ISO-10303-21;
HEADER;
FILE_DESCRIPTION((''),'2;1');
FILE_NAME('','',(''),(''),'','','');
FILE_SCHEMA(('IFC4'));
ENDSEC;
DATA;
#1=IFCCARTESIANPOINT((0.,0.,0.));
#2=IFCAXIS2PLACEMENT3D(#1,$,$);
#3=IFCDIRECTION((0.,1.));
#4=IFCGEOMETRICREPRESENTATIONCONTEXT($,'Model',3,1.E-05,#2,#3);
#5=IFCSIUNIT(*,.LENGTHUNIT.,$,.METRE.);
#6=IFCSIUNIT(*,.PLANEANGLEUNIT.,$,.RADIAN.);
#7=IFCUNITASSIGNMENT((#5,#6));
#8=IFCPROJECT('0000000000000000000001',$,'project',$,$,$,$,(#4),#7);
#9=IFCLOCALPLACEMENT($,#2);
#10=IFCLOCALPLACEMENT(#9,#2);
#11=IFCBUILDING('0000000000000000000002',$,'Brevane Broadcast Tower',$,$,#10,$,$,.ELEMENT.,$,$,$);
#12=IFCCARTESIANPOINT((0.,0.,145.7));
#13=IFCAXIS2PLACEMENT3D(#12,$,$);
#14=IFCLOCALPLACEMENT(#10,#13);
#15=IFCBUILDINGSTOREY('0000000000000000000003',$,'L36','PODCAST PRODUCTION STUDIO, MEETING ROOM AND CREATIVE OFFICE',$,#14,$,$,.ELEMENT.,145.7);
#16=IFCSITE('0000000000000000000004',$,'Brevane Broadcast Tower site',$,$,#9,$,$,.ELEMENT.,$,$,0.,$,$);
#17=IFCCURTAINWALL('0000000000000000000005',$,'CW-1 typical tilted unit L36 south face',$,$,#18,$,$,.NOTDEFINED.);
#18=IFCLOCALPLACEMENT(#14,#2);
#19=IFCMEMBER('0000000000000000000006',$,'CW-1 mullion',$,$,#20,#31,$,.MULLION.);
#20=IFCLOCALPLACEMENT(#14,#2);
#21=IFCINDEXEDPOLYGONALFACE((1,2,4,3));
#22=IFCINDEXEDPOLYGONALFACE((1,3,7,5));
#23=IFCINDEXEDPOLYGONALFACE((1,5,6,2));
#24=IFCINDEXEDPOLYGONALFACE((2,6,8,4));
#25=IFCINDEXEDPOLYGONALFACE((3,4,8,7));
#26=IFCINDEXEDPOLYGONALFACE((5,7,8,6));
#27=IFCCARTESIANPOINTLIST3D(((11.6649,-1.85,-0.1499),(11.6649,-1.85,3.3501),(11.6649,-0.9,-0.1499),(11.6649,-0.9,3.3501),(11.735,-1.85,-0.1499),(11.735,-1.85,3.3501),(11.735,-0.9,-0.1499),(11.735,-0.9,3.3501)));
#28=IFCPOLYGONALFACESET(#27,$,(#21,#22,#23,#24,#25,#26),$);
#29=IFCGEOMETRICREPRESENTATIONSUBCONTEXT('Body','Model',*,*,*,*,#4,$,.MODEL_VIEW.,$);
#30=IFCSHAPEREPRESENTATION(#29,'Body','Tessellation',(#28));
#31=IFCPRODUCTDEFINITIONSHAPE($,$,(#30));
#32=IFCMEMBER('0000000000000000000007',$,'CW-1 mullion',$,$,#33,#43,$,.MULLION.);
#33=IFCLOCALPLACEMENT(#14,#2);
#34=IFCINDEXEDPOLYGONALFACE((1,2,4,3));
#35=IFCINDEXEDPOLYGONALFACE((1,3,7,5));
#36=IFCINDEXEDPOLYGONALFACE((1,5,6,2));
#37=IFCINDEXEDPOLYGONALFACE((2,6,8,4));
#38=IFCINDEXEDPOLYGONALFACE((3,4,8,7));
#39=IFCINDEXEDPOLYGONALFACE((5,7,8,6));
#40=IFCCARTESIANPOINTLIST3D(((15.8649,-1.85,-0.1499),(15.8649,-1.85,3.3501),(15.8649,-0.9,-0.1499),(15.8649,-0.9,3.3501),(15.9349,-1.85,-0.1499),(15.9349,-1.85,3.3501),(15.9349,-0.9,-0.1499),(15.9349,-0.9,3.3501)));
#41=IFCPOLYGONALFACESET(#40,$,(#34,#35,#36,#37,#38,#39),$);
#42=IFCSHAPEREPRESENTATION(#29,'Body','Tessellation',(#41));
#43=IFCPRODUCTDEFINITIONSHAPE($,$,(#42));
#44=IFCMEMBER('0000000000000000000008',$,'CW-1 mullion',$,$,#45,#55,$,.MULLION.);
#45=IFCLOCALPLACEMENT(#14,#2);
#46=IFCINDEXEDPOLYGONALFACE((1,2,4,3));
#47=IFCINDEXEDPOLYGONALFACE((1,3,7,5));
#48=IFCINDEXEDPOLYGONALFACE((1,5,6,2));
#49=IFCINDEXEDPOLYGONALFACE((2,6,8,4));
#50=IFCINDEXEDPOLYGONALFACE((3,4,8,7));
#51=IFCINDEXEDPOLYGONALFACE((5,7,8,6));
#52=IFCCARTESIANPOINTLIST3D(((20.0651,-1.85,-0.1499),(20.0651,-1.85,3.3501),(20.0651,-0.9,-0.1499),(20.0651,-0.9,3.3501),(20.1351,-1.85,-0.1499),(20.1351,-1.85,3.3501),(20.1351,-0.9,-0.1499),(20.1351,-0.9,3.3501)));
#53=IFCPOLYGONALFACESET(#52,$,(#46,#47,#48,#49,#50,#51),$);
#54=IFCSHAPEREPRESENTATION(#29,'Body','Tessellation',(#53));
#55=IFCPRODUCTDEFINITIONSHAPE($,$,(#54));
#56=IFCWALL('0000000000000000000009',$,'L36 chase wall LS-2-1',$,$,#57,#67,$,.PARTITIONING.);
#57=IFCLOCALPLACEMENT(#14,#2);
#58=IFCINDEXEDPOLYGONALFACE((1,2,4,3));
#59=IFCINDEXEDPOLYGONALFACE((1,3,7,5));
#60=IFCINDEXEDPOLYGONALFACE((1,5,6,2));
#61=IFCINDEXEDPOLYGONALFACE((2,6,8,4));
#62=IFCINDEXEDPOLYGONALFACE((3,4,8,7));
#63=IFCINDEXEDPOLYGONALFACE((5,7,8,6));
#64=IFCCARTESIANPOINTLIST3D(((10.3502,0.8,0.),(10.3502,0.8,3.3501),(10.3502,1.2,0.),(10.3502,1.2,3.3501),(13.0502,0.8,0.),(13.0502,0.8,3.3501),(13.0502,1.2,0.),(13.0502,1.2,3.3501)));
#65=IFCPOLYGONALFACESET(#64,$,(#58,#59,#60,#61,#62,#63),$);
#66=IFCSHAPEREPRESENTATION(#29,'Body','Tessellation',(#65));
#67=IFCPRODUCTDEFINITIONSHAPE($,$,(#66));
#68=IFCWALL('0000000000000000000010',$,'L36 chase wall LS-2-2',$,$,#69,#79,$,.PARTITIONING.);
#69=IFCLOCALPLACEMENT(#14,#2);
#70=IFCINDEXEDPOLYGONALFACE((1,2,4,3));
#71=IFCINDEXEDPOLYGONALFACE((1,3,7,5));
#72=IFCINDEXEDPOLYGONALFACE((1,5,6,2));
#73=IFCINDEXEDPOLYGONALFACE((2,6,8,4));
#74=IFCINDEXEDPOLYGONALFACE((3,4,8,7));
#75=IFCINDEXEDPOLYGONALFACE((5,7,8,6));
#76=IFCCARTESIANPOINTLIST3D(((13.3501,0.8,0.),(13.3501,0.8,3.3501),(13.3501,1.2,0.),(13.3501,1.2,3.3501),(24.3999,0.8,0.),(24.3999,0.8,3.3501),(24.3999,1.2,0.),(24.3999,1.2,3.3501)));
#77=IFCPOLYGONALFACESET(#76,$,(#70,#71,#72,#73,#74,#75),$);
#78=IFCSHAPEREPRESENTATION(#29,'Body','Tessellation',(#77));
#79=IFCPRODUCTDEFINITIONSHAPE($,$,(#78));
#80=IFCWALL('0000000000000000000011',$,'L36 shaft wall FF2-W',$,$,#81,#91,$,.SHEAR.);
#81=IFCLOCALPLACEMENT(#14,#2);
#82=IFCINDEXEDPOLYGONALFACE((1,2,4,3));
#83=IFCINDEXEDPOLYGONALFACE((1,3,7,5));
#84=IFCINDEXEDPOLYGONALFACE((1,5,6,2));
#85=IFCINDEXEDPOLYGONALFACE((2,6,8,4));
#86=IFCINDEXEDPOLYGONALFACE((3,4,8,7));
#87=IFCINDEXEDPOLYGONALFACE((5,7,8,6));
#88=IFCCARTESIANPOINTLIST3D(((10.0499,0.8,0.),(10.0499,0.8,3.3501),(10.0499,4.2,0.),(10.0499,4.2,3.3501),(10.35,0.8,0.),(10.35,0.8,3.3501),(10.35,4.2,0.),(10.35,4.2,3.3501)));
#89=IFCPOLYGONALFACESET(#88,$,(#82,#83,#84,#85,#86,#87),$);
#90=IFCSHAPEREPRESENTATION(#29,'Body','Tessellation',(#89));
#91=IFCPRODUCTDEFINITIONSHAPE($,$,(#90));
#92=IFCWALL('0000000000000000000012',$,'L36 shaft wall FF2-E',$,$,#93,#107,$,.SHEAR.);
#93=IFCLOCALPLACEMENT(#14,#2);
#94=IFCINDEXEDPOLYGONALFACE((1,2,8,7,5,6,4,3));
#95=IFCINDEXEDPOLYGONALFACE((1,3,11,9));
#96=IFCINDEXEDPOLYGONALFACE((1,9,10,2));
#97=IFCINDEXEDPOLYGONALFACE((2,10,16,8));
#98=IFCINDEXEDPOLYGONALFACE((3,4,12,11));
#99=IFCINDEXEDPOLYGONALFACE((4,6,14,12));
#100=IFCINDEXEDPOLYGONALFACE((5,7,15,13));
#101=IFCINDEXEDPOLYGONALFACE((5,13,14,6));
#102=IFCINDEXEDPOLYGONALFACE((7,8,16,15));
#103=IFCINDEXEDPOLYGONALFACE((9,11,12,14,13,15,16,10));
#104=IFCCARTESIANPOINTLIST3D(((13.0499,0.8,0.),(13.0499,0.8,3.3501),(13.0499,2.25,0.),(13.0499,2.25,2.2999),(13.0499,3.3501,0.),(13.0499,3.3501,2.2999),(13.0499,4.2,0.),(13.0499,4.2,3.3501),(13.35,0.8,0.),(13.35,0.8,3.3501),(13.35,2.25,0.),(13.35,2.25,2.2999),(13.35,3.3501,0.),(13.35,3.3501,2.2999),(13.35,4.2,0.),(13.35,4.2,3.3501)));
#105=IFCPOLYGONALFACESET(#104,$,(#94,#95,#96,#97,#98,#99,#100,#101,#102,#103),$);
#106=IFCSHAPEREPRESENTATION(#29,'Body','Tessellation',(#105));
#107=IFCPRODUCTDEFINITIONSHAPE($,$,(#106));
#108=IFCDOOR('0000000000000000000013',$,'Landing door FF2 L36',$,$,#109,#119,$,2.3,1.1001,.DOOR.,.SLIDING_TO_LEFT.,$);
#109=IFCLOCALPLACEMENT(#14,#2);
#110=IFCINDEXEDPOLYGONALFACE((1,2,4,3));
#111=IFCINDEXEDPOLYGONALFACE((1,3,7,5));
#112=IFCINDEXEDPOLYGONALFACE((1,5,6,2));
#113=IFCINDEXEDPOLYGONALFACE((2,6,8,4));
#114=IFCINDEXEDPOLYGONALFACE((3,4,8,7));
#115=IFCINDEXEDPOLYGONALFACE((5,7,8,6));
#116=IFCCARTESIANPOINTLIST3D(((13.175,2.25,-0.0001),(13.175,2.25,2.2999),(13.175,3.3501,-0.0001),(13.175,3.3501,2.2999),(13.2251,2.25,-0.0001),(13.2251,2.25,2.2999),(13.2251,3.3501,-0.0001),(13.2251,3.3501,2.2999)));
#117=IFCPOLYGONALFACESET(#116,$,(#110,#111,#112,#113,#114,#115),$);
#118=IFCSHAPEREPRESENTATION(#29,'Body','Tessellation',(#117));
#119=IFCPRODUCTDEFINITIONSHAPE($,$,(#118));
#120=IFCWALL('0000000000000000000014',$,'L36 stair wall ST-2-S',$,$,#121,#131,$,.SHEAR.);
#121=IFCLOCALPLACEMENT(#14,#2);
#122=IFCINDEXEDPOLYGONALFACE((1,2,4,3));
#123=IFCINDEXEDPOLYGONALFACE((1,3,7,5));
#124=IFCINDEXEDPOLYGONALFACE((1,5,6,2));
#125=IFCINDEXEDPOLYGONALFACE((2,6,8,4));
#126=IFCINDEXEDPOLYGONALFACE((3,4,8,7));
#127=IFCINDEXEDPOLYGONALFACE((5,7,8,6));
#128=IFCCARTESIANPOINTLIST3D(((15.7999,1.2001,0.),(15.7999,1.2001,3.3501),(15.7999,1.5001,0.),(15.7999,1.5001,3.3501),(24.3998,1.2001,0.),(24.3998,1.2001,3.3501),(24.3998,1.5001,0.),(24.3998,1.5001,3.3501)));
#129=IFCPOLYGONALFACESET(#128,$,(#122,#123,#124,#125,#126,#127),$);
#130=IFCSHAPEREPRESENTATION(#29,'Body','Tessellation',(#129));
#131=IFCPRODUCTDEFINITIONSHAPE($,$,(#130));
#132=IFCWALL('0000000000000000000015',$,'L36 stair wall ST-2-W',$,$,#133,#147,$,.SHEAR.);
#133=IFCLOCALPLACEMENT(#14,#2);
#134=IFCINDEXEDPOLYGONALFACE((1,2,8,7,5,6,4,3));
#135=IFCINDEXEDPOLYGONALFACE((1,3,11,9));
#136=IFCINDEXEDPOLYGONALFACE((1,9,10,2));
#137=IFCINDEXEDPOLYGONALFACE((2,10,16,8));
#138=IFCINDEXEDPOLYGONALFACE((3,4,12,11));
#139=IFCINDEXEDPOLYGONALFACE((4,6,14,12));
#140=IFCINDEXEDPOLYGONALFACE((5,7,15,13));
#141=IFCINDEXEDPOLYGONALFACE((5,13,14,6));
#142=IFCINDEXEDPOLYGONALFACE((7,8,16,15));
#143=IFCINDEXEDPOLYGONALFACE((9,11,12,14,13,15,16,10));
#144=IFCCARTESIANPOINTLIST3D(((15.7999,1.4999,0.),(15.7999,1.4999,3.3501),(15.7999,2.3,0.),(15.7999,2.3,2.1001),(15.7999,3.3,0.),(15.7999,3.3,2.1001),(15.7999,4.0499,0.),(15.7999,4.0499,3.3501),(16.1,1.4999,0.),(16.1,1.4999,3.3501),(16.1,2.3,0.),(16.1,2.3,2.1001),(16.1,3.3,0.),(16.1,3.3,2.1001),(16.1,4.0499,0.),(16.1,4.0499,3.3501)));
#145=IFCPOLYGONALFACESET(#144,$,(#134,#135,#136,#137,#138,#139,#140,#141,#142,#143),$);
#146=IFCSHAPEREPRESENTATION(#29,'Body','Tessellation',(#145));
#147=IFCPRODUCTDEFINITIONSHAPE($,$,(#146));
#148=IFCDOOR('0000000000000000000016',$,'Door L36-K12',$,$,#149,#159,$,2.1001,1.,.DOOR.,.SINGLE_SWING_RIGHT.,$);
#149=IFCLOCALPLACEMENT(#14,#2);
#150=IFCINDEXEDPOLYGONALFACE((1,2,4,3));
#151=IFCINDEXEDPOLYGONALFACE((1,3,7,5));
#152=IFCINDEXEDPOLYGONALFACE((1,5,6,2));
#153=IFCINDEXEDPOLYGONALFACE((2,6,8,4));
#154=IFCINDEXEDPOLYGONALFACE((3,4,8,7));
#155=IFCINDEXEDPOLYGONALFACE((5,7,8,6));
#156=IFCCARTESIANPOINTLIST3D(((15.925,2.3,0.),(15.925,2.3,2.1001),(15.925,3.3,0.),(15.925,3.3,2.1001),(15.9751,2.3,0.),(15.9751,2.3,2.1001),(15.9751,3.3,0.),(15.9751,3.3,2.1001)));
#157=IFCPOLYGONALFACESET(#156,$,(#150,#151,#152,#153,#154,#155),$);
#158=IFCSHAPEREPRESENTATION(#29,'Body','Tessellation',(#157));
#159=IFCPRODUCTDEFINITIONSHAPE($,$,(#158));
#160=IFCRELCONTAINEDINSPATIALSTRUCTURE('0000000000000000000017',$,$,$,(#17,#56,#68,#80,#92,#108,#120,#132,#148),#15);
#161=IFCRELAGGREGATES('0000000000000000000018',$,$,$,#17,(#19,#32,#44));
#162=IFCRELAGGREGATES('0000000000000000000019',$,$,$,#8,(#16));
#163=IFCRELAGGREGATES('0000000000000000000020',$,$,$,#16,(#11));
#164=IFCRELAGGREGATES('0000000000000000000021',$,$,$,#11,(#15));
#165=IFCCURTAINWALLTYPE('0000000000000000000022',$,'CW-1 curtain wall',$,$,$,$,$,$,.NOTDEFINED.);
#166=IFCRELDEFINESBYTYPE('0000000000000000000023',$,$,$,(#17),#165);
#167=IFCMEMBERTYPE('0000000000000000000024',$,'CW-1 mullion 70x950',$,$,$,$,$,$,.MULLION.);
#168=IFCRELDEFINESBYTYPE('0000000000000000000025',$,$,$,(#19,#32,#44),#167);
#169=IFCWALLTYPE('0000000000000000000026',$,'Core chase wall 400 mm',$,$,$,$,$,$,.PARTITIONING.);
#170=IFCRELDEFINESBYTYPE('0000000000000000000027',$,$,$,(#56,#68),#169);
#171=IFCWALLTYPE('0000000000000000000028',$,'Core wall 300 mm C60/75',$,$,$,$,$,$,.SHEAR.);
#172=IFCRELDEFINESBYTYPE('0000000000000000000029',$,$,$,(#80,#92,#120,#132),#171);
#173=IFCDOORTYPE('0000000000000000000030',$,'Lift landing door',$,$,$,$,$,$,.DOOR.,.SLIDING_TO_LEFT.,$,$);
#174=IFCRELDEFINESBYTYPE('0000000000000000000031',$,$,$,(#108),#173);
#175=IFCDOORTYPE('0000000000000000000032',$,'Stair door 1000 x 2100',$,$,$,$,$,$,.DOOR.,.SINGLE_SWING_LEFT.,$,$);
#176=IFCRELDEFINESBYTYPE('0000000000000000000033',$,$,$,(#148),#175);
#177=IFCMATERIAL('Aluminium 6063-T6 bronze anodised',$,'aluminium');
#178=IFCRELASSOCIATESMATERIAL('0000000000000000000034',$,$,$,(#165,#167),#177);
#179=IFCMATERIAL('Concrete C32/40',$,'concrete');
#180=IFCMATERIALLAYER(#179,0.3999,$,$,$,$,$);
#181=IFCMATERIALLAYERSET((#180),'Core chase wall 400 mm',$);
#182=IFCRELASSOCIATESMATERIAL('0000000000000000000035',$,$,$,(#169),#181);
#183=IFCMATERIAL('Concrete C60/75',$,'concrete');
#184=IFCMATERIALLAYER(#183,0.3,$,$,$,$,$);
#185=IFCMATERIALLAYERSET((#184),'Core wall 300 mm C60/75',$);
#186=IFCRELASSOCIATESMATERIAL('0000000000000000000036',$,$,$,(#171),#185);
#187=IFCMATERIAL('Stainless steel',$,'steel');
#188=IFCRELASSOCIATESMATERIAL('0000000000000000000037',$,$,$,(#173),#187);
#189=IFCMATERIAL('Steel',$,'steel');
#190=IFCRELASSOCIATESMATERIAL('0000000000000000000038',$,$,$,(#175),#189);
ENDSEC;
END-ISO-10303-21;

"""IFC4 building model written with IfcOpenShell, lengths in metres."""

from ifc_helpers import new_model, si_unit, direction, frame, frame_2d, origin, origin_2d, place, context, subcontext, project, spatial, rectangle, extrude, material, layer, layer_set, material_profile, profile_set, type_object, element, fill, aggregate, save


model = new_model("IFC4")

# Units and contexts
model_context = context("Model", 3, precision=1e-05, world=origin(), true_north=direction((0.0, 1.0)))
body_context = subcontext(model_context, "Body", "Model", "MODEL_VIEW")
ifc_project = project(units=[si_unit("LENGTHUNIT", "METRE"), si_unit("PLANEANGLEUNIT", "RADIAN")], contexts=[model_context])

# Site, building, storey
site_placement = place(None, origin())
site = spatial("IfcSite", under=ifc_project, at=site_placement, Name="Brevane Broadcast Tower site", CompositionType="ELEMENT", RefElevation=0.0)
building_placement = place(site_placement, origin())
building = spatial("IfcBuilding", under=site, at=building_placement, Name="Brevane Broadcast Tower", CompositionType="ELEMENT")
storey_placement = place(building_placement, frame((0.0, 0.0, 145.7)))
storey = spatial("IfcBuildingStorey", under=building, at=storey_placement, Name="L36", Description="PODCAST PRODUCTION STUDIO, MEETING ROOM AND CREATIVE OFFICE", CompositionType="ELEMENT", Elevation=145.7)

# Curtain wall, members
ifc_material_1 = material(Name="Aluminium 6063-T6 bronze anodised", Category="aluminium")
curtain_wall_type = type_object("IfcCurtainWallType", Name="CW-1 curtain wall", PredefinedType="NOTDEFINED", material=ifc_material_1)
curtain_wall_placement = place(storey_placement, origin())
curtain_wall = element("IfcCurtainWall", 1, at=curtain_wall_placement, inside=storey, type_object=curtain_wall_type, Name="CW-1 typical tilted unit L36 south face", PredefinedType="NOTDEFINED")
ifc_material_profile = material_profile(ifc_material_1, rectangle(XDim=0.95, YDim=0.0701, at=origin_2d()), Name="RECT 70x950")
ifc_profile_set = profile_set([ifc_material_profile], Name="Aluminium 6063-T6 bronze anodised")
member_type = type_object("IfcMemberType", Name="CW-1 mullion 70x950", PredefinedType="MULLION", material=ifc_profile_set)
member_1_placement = place(storey_placement, frame((11.7, -1.375, -0.1499), z_axis=(0.0, 0.0, 1.0), x_axis=(0.0, 1.0, 0.0)))
member_1 = element("IfcMember", 2, at=member_1_placement, type_object=member_type, Name="CW-1 mullion", PredefinedType="MULLION", context=body_context, shape_type="SweptSolid", body=[
    extrude(rectangle(XDim=0.95, YDim=0.0701, at=origin_2d()), origin(), (0.0, 0.0, 1.0), 3.5),
])
member_2_placement = place(storey_placement, frame((15.8999, -1.375, -0.1499), z_axis=(0.0, 0.0, 1.0), x_axis=(0.0, 1.0, 0.0)))
member_2 = element("IfcMember", 3, at=member_2_placement, type_object=member_type, Name="CW-1 mullion", PredefinedType="MULLION", context=body_context, shape_type="SweptSolid", body=[
    extrude(rectangle(XDim=0.95, YDim=0.0701, at=origin_2d()), origin(), (0.0, 0.0, 1.0), 3.5),
])
member_3_placement = place(storey_placement, frame((20.1001, -1.375, -0.1499), z_axis=(0.0, 0.0, 1.0), x_axis=(0.0, 1.0, 0.0)))
member_3 = element("IfcMember", 4, at=member_3_placement, type_object=member_type, Name="CW-1 mullion", PredefinedType="MULLION", context=body_context, shape_type="SweptSolid", body=[
    extrude(rectangle(XDim=0.95, YDim=0.0701, at=origin_2d()), origin(), (0.0, 0.0, 1.0), 3.5),
])
aggregate(curtain_wall, [member_1, member_2, member_3])

# Walls
ifc_material_2 = material(Name="Concrete C32/40", Category="concrete")
ifc_layer_1 = layer(ifc_material_2, 0.3999)
ifc_layer_set_1 = layer_set([ifc_layer_1], Name="Core chase wall 400 mm")
wall_type_1 = type_object("IfcWallType", Name="Core chase wall 400 mm", PredefinedType="PARTITIONING", material=ifc_layer_set_1)
wall_1_placement = place(storey_placement, frame((10.3501, 1.0, 0.0), z_axis=(0.0, 0.0, 1.0), x_axis=(1.0, 0.0, 0.0)))
element("IfcWall", 5, at=wall_1_placement, inside=storey, type_object=wall_type_1, Name="L36 chase wall LS-2-1", PredefinedType="PARTITIONING", context=body_context, shape_type="SweptSolid", body=[
    extrude(rectangle(XDim=2.7, YDim=0.3999, at=frame_2d((1.3501, 0.0))), origin(), (0.0, 0.0, 1.0), 3.3501),
])
wall_2_placement = place(storey_placement, frame((13.3501, 1.0, 0.0), z_axis=(0.0, 0.0, 1.0), x_axis=(1.0, 0.0, 0.0)))
element("IfcWall", 6, at=wall_2_placement, inside=storey, type_object=wall_type_1, Name="L36 chase wall LS-2-2", PredefinedType="PARTITIONING", context=body_context, shape_type="SweptSolid", body=[
    extrude(rectangle(XDim=11.0498, YDim=0.3999, at=frame_2d((5.5249, 0.0))), origin(), (0.0, 0.0, 1.0), 3.3501),
])
ifc_material_3 = material(Name="Concrete C60/75", Category="concrete")
ifc_layer_2 = layer(ifc_material_3, 0.3)
ifc_layer_set_2 = layer_set([ifc_layer_2], Name="Core wall 300 mm C60/75")
wall_type_2 = type_object("IfcWallType", Name="Core wall 300 mm C60/75", PredefinedType="SHEAR", material=ifc_layer_set_2)
wall_3_placement = place(storey_placement, frame((10.2, 0.8, 0.0), z_axis=(0.0, 0.0, 1.0), x_axis=(0.0, 1.0, 0.0)))
element("IfcWall", 7, at=wall_3_placement, inside=storey, type_object=wall_type_2, Name="L36 shaft wall FF2-W", PredefinedType="SHEAR", context=body_context, shape_type="SweptSolid", body=[
    extrude(rectangle(XDim=3.3999, YDim=0.3, at=frame_2d((1.7, 0.0))), origin(), (0.0, 0.0, 1.0), 3.3501),
])

# Wall, opening, door
wall_4_placement = place(storey_placement, frame((13.2, 0.8, 0.0), z_axis=(0.0, 0.0, 1.0), x_axis=(0.0, 1.0, 0.0)))
wall_4 = element("IfcWall", 8, at=wall_4_placement, inside=storey, type_object=wall_type_2, Name="L36 shaft wall FF2-E", PredefinedType="SHEAR", context=body_context, shape_type="SweptSolid", body=[
    extrude(rectangle(XDim=3.3999, YDim=0.3, at=frame_2d((1.7, 0.0))), origin(), (0.0, 0.0, 1.0), 3.3501),
])
opening_1_placement = place(wall_4_placement, frame((1.45, 0.0, 0.0)))
opening_1 = element("IfcOpeningElement", 9, at=opening_1_placement, cuts=wall_4, PredefinedType="OPENING", context=body_context, shape_type="SweptSolid", body=[
    extrude(rectangle(XDim=1.1001, YDim=2.3, at=frame_2d((0.55, 1.1499))), frame((0.0, 0.1599, 0.0), z_axis=(0.0, -1.0, 0.0), x_axis=(1.0, 0.0, 0.0)), (0.0, 0.0, 1.0), 0.3201),
])
ifc_material_4 = material(Name="Stainless steel", Category="steel")
door_type_1 = type_object("IfcDoorType", Name="Lift landing door", OperationType="SLIDING_TO_LEFT", PredefinedType="DOOR", material=ifc_material_4)
door_1_placement = place(opening_1_placement, origin())
door_1 = element("IfcDoor", 10, at=door_1_placement, inside=storey, type_object=door_type_1, Name="Landing door FF2 L36", OperationType="SLIDING_TO_LEFT", OverallHeight=2.3, OverallWidth=1.1001, PredefinedType="DOOR", context=body_context, shape_type="SweptSolid", body=[
    extrude(rectangle(XDim=1.1001, YDim=2.3, at=frame_2d((0.55, 1.1499))), frame((0.0, 0.0249, 0.0), z_axis=(0.0, -1.0, 0.0), x_axis=(1.0, 0.0, 0.0)), (0.0, 0.0, 1.0), 0.05),
])
fill(opening_1, door_1)

# Wall
wall_5_placement = place(storey_placement, frame((15.8, 1.3501, 0.0), z_axis=(0.0, 0.0, 1.0), x_axis=(1.0, 0.0, 0.0)))
element("IfcWall", 11, at=wall_5_placement, inside=storey, type_object=wall_type_2, Name="L36 stair wall ST-2-S", PredefinedType="SHEAR", context=body_context, shape_type="SweptSolid", body=[
    extrude(rectangle(XDim=8.5999, YDim=0.3, at=frame_2d((4.2998, 0.0))), origin(), (0.0, 0.0, 1.0), 3.3501),
])

# Wall, opening, door
wall_6_placement = place(storey_placement, frame((15.95, 1.5, 0.0), z_axis=(0.0, 0.0, 1.0), x_axis=(0.0, 1.0, 0.0)))
wall_6 = element("IfcWall", 12, at=wall_6_placement, inside=storey, type_object=wall_type_2, Name="L36 stair wall ST-2-W", PredefinedType="SHEAR", context=body_context, shape_type="SweptSolid", body=[
    extrude(rectangle(XDim=2.55, YDim=0.3, at=frame_2d((1.2749, 0.0))), origin(), (0.0, 0.0, 1.0), 3.3501),
])
opening_2_placement = place(wall_6_placement, frame((0.8, 0.0, 0.0)))
opening_2 = element("IfcOpeningElement", 13, at=opening_2_placement, cuts=wall_6, PredefinedType="OPENING", context=body_context, shape_type="SweptSolid", body=[
    extrude(rectangle(XDim=1.0, YDim=2.1001, at=frame_2d((0.5, 1.05))), frame((0.0, 0.1599, 0.0), z_axis=(0.0, -1.0, 0.0), x_axis=(1.0, 0.0, 0.0)), (0.0, 0.0, 1.0), 0.3201),
])
ifc_material_5 = material(Name="Steel", Category="steel")
door_type_2 = type_object("IfcDoorType", Name="Stair door 1000 x 2100", OperationType="SINGLE_SWING_LEFT", PredefinedType="DOOR", material=ifc_material_5)
door_2_placement = place(opening_2_placement, origin())
door_2 = element("IfcDoor", 14, at=door_2_placement, inside=storey, type_object=door_type_2, Name="Door L36-K12", OperationType="SINGLE_SWING_RIGHT", OverallHeight=2.1001, OverallWidth=1.0, PredefinedType="DOOR", context=body_context, shape_type="SweptSolid", body=[
    extrude(rectangle(XDim=1.0, YDim=2.1001, at=frame_2d((0.5, 1.05))), frame((0.0, 0.0249, 0.0), z_axis=(0.0, -1.0, 0.0), x_axis=(1.0, 0.0, 0.0)), (0.0, 0.0, 1.0), 0.05),
])
fill(opening_2, door_2)

save(model, "model.ifc")
